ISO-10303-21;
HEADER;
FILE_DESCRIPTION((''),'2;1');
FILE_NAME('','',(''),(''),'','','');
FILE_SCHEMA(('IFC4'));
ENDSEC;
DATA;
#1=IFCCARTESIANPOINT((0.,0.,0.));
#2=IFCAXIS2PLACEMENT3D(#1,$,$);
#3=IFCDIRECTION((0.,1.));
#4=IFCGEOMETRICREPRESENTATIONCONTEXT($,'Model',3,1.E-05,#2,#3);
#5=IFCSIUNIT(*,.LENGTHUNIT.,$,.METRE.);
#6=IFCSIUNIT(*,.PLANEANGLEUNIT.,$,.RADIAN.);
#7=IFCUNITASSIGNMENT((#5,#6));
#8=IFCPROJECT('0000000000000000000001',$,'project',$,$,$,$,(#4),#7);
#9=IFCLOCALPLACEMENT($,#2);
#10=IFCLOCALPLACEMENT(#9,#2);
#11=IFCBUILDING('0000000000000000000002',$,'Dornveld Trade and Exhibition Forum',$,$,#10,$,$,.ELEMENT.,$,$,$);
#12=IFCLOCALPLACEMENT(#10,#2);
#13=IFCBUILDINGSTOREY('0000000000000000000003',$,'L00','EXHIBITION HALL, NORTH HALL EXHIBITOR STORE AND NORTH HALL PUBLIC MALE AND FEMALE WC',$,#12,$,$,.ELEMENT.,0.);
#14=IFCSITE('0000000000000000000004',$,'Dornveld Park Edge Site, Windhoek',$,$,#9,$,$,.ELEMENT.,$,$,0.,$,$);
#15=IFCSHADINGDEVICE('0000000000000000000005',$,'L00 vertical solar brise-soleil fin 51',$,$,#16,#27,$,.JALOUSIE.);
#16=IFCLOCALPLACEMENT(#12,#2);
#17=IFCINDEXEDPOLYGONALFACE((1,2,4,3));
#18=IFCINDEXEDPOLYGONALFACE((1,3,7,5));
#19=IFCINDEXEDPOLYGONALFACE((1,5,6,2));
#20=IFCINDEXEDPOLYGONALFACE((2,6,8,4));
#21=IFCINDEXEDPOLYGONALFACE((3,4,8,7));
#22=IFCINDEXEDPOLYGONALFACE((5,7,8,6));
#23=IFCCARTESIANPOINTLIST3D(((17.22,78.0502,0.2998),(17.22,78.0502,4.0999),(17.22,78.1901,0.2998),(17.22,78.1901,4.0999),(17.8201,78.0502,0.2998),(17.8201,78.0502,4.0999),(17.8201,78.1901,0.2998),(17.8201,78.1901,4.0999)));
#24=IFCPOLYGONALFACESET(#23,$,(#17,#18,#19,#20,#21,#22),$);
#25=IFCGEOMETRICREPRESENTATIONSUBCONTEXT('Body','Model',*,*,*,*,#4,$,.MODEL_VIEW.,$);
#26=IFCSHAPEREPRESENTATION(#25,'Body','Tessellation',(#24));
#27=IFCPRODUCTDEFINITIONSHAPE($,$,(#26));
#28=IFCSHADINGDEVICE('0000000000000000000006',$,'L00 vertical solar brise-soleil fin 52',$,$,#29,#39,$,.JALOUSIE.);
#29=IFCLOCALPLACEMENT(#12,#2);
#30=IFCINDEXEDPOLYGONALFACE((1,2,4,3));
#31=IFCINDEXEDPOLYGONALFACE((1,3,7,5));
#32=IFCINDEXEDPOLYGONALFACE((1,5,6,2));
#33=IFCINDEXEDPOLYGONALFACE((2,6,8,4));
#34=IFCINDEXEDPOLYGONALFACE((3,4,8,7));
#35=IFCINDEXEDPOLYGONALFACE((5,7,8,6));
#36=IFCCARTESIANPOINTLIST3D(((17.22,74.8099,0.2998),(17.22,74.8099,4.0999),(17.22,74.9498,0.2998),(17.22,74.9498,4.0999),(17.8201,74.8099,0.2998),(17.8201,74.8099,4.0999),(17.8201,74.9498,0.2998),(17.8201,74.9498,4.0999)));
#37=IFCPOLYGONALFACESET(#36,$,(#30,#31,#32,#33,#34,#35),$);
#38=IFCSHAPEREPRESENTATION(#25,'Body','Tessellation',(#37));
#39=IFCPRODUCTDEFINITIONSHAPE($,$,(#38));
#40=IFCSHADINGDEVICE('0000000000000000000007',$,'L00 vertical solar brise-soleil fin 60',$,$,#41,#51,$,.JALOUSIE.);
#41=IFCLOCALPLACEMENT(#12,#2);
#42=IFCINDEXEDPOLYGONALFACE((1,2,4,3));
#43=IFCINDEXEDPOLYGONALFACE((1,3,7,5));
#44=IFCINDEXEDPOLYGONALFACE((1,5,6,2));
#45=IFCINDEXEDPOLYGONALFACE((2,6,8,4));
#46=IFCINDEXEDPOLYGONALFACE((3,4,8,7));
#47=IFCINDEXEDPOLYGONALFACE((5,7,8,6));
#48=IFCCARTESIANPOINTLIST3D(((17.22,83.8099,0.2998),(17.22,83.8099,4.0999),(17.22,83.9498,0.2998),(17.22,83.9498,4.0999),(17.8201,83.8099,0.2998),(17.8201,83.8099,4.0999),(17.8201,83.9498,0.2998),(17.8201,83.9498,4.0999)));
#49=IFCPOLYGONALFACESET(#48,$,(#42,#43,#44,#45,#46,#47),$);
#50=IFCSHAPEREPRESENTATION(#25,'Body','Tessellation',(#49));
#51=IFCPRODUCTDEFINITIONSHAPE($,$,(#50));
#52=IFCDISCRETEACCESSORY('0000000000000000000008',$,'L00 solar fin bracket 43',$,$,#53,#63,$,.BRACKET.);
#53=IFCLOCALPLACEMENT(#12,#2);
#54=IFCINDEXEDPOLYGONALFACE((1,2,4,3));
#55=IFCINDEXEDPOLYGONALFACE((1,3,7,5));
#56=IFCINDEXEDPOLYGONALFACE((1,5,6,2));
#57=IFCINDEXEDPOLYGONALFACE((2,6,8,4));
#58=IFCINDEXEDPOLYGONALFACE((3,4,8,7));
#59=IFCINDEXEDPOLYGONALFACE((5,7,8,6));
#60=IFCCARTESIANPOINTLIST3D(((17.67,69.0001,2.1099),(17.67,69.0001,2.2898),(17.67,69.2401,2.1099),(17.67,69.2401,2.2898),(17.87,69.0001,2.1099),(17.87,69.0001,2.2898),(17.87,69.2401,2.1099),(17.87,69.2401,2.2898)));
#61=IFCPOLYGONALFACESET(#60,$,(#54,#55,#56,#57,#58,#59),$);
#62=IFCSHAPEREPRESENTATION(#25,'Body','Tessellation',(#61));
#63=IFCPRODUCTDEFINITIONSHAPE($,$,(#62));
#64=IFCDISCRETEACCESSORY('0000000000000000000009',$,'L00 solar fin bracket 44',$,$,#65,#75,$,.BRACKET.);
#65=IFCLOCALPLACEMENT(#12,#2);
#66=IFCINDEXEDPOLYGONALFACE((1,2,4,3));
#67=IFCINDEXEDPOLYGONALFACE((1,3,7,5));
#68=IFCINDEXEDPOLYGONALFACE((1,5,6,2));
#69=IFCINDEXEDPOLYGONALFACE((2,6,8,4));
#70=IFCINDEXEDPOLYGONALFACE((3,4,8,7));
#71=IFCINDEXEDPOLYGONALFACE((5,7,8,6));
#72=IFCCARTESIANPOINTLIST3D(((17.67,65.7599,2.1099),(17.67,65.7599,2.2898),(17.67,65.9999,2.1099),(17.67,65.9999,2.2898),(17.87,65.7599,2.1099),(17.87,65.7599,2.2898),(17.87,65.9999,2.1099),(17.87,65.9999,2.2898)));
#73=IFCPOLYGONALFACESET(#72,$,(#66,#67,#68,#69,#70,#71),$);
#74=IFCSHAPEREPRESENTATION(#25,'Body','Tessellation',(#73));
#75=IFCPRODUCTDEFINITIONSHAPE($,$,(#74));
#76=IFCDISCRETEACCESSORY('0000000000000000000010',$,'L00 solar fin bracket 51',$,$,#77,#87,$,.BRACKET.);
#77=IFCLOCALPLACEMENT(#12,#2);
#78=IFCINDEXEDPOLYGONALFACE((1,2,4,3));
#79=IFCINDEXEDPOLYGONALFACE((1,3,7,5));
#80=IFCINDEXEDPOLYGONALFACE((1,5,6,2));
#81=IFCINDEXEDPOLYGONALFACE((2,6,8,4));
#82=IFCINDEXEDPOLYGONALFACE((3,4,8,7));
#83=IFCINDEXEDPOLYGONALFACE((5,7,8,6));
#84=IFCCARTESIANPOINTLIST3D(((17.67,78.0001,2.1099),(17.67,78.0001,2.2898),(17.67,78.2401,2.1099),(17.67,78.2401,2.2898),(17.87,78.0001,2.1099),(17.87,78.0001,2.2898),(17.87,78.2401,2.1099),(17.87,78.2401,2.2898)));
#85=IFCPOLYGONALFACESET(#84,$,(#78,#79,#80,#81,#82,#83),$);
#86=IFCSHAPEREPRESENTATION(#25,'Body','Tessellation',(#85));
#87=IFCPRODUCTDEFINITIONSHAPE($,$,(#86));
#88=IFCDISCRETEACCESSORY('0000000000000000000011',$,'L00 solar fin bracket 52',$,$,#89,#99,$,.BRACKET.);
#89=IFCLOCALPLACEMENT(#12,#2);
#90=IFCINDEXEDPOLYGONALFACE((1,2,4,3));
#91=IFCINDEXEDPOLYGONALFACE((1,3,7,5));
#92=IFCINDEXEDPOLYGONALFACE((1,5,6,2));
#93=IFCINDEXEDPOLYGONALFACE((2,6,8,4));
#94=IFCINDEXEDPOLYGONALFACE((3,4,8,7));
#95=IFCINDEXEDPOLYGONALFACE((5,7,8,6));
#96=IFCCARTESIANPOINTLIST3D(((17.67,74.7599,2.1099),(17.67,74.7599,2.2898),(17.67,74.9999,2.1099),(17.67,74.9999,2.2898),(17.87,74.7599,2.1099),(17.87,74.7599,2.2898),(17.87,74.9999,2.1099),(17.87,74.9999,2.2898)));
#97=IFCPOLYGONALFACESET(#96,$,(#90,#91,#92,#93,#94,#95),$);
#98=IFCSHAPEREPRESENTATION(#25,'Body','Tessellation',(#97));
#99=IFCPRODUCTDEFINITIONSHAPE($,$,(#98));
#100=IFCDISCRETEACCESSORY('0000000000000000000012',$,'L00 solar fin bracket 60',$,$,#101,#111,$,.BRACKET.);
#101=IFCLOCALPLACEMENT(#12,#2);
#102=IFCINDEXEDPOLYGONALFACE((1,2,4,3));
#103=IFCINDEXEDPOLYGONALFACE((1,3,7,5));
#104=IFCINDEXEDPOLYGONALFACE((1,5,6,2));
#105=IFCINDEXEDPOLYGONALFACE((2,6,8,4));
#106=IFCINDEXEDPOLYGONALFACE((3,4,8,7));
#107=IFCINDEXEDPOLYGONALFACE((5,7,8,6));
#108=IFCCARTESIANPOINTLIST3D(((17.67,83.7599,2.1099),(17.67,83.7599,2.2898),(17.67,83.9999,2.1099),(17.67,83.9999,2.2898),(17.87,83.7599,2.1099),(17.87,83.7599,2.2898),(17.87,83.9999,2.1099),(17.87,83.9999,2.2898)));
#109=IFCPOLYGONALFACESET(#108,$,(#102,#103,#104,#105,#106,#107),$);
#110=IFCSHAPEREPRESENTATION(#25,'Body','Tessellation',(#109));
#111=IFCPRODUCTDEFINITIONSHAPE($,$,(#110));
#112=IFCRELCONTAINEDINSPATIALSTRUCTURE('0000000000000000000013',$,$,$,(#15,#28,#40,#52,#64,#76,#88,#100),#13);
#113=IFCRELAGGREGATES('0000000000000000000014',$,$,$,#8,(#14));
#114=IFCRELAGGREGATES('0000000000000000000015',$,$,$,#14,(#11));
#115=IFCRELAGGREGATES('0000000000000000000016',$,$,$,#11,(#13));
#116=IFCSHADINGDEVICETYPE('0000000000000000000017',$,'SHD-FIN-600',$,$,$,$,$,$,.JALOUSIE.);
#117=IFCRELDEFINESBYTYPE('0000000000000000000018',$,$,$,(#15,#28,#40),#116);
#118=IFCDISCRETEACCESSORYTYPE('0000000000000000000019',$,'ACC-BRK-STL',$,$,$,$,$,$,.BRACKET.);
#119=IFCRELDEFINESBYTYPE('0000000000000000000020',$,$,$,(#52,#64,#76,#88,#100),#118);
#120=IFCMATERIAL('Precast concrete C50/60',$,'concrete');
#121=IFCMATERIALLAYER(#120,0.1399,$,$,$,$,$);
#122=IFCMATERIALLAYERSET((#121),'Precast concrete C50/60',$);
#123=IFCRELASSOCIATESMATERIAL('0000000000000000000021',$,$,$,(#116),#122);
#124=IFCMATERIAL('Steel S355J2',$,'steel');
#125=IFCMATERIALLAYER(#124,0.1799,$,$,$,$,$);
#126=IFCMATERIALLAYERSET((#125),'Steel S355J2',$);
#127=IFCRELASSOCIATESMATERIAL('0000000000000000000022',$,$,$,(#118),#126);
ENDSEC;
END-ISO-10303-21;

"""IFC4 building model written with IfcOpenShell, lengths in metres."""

from ifc_helpers import new_model, si_unit, direction, frame, origin, origin_2d, place, context, subcontext, project, spatial, rectangle, extrude, material, layer, layer_set, type_object, element, save


model = new_model("IFC4")

# Units and contexts
model_context = context("Model", 3, precision=1e-05, world=origin(), true_north=direction((0.0, 1.0)))
body_context = subcontext(model_context, "Body", "Model", "MODEL_VIEW")
ifc_project = project(units=[si_unit("LENGTHUNIT", "METRE"), si_unit("PLANEANGLEUNIT", "RADIAN")], contexts=[model_context])

# Site, building, storey
site_placement = place(None, origin())
site = spatial("IfcSite", under=ifc_project, at=site_placement, Name="Dornveld Park Edge Site, Windhoek", CompositionType="ELEMENT", RefElevation=0.0)
building_placement = place(site_placement, origin())
building = spatial("IfcBuilding", under=site, at=building_placement, Name="Dornveld Trade and Exhibition Forum", CompositionType="ELEMENT")
storey_placement = place(building_placement, origin())
storey = spatial("IfcBuildingStorey", under=building, at=storey_placement, Name="L00", Description="EXHIBITION HALL, NORTH HALL EXHIBITOR STORE AND NORTH HALL PUBLIC MALE AND FEMALE WC", CompositionType="ELEMENT", Elevation=0.0)

# Shading devices
ifc_material_1 = material(Name="Precast concrete C50/60", Category="concrete")
ifc_layer_1 = layer(ifc_material_1, 0.1399)
ifc_layer_set_1 = layer_set([ifc_layer_1], Name="Precast concrete C50/60")
shading_device_type = type_object("IfcShadingDeviceType", Name="SHD-FIN-600", PredefinedType="JALOUSIE", material=ifc_layer_set_1)
for number, where, z_axis, x_axis, name in (
    (1, (17.52, 78.1201, 0.2998), (0.0, 0.0, 1.0), (0.0, -1.0, 0.0), "L00 vertical solar brise-soleil fin 51"),
    (2, (17.52, 74.8799, 0.2998), (0.0, 0.0, 1.0), (0.0, -1.0, 0.0), "L00 vertical solar brise-soleil fin 52"),
    (3, (17.52, 83.8799, 0.2998), (0.0, 0.0, 1.0), (0.0, -1.0, 0.0), "L00 vertical solar brise-soleil fin 60"),
):
    element("IfcShadingDevice", number, at=place(storey_placement, frame(where, z_axis=z_axis, x_axis=x_axis)), inside=storey, type_object=shading_device_type, Name=name, PredefinedType="JALOUSIE", context=body_context, shape_type="SweptSolid", body=[
        extrude(rectangle(XDim=0.1399, YDim=0.6001, at=origin_2d()), origin(), (0.0, 0.0, 1.0), 3.8),
    ])

# Discrete accessories
ifc_material_2 = material(Name="Steel S355J2", Category="steel")
ifc_layer_2 = layer(ifc_material_2, 0.1799)
ifc_layer_set_2 = layer_set([ifc_layer_2], Name="Steel S355J2")
discrete_accessory_type = type_object("IfcDiscreteAccessoryType", Name="ACC-BRK-STL", PredefinedType="BRACKET", material=ifc_layer_set_2)
for number, where, z_axis, x_axis, name in (
    (4, (17.77, 69.1201, 2.1099), (0.0, 0.0, 1.0), (0.0, -1.0, 0.0), "L00 solar fin bracket 43"),
    (5, (17.77, 65.8799, 2.1099), (0.0, 0.0, 1.0), (0.0, -1.0, 0.0), "L00 solar fin bracket 44"),
    (6, (17.77, 78.1201, 2.1099), (0.0, 0.0, 1.0), (0.0, -1.0, 0.0), "L00 solar fin bracket 51"),
    (7, (17.77, 74.8799, 2.1099), (0.0, 0.0, 1.0), (0.0, -1.0, 0.0), "L00 solar fin bracket 52"),
    (8, (17.77, 83.8799, 2.1099), (0.0, 0.0, 1.0), (0.0, -1.0, 0.0), "L00 solar fin bracket 60"),
):
    element("IfcDiscreteAccessory", number, at=place(storey_placement, frame(where, z_axis=z_axis, x_axis=x_axis)), inside=storey, type_object=discrete_accessory_type, Name=name, PredefinedType="BRACKET", context=body_context, shape_type="SweptSolid", body=[
        extrude(rectangle(XDim=0.24, YDim=0.2, at=origin_2d()), origin(), (0.0, 0.0, 1.0), 0.1799),
    ])

save(model, "model.ifc")
